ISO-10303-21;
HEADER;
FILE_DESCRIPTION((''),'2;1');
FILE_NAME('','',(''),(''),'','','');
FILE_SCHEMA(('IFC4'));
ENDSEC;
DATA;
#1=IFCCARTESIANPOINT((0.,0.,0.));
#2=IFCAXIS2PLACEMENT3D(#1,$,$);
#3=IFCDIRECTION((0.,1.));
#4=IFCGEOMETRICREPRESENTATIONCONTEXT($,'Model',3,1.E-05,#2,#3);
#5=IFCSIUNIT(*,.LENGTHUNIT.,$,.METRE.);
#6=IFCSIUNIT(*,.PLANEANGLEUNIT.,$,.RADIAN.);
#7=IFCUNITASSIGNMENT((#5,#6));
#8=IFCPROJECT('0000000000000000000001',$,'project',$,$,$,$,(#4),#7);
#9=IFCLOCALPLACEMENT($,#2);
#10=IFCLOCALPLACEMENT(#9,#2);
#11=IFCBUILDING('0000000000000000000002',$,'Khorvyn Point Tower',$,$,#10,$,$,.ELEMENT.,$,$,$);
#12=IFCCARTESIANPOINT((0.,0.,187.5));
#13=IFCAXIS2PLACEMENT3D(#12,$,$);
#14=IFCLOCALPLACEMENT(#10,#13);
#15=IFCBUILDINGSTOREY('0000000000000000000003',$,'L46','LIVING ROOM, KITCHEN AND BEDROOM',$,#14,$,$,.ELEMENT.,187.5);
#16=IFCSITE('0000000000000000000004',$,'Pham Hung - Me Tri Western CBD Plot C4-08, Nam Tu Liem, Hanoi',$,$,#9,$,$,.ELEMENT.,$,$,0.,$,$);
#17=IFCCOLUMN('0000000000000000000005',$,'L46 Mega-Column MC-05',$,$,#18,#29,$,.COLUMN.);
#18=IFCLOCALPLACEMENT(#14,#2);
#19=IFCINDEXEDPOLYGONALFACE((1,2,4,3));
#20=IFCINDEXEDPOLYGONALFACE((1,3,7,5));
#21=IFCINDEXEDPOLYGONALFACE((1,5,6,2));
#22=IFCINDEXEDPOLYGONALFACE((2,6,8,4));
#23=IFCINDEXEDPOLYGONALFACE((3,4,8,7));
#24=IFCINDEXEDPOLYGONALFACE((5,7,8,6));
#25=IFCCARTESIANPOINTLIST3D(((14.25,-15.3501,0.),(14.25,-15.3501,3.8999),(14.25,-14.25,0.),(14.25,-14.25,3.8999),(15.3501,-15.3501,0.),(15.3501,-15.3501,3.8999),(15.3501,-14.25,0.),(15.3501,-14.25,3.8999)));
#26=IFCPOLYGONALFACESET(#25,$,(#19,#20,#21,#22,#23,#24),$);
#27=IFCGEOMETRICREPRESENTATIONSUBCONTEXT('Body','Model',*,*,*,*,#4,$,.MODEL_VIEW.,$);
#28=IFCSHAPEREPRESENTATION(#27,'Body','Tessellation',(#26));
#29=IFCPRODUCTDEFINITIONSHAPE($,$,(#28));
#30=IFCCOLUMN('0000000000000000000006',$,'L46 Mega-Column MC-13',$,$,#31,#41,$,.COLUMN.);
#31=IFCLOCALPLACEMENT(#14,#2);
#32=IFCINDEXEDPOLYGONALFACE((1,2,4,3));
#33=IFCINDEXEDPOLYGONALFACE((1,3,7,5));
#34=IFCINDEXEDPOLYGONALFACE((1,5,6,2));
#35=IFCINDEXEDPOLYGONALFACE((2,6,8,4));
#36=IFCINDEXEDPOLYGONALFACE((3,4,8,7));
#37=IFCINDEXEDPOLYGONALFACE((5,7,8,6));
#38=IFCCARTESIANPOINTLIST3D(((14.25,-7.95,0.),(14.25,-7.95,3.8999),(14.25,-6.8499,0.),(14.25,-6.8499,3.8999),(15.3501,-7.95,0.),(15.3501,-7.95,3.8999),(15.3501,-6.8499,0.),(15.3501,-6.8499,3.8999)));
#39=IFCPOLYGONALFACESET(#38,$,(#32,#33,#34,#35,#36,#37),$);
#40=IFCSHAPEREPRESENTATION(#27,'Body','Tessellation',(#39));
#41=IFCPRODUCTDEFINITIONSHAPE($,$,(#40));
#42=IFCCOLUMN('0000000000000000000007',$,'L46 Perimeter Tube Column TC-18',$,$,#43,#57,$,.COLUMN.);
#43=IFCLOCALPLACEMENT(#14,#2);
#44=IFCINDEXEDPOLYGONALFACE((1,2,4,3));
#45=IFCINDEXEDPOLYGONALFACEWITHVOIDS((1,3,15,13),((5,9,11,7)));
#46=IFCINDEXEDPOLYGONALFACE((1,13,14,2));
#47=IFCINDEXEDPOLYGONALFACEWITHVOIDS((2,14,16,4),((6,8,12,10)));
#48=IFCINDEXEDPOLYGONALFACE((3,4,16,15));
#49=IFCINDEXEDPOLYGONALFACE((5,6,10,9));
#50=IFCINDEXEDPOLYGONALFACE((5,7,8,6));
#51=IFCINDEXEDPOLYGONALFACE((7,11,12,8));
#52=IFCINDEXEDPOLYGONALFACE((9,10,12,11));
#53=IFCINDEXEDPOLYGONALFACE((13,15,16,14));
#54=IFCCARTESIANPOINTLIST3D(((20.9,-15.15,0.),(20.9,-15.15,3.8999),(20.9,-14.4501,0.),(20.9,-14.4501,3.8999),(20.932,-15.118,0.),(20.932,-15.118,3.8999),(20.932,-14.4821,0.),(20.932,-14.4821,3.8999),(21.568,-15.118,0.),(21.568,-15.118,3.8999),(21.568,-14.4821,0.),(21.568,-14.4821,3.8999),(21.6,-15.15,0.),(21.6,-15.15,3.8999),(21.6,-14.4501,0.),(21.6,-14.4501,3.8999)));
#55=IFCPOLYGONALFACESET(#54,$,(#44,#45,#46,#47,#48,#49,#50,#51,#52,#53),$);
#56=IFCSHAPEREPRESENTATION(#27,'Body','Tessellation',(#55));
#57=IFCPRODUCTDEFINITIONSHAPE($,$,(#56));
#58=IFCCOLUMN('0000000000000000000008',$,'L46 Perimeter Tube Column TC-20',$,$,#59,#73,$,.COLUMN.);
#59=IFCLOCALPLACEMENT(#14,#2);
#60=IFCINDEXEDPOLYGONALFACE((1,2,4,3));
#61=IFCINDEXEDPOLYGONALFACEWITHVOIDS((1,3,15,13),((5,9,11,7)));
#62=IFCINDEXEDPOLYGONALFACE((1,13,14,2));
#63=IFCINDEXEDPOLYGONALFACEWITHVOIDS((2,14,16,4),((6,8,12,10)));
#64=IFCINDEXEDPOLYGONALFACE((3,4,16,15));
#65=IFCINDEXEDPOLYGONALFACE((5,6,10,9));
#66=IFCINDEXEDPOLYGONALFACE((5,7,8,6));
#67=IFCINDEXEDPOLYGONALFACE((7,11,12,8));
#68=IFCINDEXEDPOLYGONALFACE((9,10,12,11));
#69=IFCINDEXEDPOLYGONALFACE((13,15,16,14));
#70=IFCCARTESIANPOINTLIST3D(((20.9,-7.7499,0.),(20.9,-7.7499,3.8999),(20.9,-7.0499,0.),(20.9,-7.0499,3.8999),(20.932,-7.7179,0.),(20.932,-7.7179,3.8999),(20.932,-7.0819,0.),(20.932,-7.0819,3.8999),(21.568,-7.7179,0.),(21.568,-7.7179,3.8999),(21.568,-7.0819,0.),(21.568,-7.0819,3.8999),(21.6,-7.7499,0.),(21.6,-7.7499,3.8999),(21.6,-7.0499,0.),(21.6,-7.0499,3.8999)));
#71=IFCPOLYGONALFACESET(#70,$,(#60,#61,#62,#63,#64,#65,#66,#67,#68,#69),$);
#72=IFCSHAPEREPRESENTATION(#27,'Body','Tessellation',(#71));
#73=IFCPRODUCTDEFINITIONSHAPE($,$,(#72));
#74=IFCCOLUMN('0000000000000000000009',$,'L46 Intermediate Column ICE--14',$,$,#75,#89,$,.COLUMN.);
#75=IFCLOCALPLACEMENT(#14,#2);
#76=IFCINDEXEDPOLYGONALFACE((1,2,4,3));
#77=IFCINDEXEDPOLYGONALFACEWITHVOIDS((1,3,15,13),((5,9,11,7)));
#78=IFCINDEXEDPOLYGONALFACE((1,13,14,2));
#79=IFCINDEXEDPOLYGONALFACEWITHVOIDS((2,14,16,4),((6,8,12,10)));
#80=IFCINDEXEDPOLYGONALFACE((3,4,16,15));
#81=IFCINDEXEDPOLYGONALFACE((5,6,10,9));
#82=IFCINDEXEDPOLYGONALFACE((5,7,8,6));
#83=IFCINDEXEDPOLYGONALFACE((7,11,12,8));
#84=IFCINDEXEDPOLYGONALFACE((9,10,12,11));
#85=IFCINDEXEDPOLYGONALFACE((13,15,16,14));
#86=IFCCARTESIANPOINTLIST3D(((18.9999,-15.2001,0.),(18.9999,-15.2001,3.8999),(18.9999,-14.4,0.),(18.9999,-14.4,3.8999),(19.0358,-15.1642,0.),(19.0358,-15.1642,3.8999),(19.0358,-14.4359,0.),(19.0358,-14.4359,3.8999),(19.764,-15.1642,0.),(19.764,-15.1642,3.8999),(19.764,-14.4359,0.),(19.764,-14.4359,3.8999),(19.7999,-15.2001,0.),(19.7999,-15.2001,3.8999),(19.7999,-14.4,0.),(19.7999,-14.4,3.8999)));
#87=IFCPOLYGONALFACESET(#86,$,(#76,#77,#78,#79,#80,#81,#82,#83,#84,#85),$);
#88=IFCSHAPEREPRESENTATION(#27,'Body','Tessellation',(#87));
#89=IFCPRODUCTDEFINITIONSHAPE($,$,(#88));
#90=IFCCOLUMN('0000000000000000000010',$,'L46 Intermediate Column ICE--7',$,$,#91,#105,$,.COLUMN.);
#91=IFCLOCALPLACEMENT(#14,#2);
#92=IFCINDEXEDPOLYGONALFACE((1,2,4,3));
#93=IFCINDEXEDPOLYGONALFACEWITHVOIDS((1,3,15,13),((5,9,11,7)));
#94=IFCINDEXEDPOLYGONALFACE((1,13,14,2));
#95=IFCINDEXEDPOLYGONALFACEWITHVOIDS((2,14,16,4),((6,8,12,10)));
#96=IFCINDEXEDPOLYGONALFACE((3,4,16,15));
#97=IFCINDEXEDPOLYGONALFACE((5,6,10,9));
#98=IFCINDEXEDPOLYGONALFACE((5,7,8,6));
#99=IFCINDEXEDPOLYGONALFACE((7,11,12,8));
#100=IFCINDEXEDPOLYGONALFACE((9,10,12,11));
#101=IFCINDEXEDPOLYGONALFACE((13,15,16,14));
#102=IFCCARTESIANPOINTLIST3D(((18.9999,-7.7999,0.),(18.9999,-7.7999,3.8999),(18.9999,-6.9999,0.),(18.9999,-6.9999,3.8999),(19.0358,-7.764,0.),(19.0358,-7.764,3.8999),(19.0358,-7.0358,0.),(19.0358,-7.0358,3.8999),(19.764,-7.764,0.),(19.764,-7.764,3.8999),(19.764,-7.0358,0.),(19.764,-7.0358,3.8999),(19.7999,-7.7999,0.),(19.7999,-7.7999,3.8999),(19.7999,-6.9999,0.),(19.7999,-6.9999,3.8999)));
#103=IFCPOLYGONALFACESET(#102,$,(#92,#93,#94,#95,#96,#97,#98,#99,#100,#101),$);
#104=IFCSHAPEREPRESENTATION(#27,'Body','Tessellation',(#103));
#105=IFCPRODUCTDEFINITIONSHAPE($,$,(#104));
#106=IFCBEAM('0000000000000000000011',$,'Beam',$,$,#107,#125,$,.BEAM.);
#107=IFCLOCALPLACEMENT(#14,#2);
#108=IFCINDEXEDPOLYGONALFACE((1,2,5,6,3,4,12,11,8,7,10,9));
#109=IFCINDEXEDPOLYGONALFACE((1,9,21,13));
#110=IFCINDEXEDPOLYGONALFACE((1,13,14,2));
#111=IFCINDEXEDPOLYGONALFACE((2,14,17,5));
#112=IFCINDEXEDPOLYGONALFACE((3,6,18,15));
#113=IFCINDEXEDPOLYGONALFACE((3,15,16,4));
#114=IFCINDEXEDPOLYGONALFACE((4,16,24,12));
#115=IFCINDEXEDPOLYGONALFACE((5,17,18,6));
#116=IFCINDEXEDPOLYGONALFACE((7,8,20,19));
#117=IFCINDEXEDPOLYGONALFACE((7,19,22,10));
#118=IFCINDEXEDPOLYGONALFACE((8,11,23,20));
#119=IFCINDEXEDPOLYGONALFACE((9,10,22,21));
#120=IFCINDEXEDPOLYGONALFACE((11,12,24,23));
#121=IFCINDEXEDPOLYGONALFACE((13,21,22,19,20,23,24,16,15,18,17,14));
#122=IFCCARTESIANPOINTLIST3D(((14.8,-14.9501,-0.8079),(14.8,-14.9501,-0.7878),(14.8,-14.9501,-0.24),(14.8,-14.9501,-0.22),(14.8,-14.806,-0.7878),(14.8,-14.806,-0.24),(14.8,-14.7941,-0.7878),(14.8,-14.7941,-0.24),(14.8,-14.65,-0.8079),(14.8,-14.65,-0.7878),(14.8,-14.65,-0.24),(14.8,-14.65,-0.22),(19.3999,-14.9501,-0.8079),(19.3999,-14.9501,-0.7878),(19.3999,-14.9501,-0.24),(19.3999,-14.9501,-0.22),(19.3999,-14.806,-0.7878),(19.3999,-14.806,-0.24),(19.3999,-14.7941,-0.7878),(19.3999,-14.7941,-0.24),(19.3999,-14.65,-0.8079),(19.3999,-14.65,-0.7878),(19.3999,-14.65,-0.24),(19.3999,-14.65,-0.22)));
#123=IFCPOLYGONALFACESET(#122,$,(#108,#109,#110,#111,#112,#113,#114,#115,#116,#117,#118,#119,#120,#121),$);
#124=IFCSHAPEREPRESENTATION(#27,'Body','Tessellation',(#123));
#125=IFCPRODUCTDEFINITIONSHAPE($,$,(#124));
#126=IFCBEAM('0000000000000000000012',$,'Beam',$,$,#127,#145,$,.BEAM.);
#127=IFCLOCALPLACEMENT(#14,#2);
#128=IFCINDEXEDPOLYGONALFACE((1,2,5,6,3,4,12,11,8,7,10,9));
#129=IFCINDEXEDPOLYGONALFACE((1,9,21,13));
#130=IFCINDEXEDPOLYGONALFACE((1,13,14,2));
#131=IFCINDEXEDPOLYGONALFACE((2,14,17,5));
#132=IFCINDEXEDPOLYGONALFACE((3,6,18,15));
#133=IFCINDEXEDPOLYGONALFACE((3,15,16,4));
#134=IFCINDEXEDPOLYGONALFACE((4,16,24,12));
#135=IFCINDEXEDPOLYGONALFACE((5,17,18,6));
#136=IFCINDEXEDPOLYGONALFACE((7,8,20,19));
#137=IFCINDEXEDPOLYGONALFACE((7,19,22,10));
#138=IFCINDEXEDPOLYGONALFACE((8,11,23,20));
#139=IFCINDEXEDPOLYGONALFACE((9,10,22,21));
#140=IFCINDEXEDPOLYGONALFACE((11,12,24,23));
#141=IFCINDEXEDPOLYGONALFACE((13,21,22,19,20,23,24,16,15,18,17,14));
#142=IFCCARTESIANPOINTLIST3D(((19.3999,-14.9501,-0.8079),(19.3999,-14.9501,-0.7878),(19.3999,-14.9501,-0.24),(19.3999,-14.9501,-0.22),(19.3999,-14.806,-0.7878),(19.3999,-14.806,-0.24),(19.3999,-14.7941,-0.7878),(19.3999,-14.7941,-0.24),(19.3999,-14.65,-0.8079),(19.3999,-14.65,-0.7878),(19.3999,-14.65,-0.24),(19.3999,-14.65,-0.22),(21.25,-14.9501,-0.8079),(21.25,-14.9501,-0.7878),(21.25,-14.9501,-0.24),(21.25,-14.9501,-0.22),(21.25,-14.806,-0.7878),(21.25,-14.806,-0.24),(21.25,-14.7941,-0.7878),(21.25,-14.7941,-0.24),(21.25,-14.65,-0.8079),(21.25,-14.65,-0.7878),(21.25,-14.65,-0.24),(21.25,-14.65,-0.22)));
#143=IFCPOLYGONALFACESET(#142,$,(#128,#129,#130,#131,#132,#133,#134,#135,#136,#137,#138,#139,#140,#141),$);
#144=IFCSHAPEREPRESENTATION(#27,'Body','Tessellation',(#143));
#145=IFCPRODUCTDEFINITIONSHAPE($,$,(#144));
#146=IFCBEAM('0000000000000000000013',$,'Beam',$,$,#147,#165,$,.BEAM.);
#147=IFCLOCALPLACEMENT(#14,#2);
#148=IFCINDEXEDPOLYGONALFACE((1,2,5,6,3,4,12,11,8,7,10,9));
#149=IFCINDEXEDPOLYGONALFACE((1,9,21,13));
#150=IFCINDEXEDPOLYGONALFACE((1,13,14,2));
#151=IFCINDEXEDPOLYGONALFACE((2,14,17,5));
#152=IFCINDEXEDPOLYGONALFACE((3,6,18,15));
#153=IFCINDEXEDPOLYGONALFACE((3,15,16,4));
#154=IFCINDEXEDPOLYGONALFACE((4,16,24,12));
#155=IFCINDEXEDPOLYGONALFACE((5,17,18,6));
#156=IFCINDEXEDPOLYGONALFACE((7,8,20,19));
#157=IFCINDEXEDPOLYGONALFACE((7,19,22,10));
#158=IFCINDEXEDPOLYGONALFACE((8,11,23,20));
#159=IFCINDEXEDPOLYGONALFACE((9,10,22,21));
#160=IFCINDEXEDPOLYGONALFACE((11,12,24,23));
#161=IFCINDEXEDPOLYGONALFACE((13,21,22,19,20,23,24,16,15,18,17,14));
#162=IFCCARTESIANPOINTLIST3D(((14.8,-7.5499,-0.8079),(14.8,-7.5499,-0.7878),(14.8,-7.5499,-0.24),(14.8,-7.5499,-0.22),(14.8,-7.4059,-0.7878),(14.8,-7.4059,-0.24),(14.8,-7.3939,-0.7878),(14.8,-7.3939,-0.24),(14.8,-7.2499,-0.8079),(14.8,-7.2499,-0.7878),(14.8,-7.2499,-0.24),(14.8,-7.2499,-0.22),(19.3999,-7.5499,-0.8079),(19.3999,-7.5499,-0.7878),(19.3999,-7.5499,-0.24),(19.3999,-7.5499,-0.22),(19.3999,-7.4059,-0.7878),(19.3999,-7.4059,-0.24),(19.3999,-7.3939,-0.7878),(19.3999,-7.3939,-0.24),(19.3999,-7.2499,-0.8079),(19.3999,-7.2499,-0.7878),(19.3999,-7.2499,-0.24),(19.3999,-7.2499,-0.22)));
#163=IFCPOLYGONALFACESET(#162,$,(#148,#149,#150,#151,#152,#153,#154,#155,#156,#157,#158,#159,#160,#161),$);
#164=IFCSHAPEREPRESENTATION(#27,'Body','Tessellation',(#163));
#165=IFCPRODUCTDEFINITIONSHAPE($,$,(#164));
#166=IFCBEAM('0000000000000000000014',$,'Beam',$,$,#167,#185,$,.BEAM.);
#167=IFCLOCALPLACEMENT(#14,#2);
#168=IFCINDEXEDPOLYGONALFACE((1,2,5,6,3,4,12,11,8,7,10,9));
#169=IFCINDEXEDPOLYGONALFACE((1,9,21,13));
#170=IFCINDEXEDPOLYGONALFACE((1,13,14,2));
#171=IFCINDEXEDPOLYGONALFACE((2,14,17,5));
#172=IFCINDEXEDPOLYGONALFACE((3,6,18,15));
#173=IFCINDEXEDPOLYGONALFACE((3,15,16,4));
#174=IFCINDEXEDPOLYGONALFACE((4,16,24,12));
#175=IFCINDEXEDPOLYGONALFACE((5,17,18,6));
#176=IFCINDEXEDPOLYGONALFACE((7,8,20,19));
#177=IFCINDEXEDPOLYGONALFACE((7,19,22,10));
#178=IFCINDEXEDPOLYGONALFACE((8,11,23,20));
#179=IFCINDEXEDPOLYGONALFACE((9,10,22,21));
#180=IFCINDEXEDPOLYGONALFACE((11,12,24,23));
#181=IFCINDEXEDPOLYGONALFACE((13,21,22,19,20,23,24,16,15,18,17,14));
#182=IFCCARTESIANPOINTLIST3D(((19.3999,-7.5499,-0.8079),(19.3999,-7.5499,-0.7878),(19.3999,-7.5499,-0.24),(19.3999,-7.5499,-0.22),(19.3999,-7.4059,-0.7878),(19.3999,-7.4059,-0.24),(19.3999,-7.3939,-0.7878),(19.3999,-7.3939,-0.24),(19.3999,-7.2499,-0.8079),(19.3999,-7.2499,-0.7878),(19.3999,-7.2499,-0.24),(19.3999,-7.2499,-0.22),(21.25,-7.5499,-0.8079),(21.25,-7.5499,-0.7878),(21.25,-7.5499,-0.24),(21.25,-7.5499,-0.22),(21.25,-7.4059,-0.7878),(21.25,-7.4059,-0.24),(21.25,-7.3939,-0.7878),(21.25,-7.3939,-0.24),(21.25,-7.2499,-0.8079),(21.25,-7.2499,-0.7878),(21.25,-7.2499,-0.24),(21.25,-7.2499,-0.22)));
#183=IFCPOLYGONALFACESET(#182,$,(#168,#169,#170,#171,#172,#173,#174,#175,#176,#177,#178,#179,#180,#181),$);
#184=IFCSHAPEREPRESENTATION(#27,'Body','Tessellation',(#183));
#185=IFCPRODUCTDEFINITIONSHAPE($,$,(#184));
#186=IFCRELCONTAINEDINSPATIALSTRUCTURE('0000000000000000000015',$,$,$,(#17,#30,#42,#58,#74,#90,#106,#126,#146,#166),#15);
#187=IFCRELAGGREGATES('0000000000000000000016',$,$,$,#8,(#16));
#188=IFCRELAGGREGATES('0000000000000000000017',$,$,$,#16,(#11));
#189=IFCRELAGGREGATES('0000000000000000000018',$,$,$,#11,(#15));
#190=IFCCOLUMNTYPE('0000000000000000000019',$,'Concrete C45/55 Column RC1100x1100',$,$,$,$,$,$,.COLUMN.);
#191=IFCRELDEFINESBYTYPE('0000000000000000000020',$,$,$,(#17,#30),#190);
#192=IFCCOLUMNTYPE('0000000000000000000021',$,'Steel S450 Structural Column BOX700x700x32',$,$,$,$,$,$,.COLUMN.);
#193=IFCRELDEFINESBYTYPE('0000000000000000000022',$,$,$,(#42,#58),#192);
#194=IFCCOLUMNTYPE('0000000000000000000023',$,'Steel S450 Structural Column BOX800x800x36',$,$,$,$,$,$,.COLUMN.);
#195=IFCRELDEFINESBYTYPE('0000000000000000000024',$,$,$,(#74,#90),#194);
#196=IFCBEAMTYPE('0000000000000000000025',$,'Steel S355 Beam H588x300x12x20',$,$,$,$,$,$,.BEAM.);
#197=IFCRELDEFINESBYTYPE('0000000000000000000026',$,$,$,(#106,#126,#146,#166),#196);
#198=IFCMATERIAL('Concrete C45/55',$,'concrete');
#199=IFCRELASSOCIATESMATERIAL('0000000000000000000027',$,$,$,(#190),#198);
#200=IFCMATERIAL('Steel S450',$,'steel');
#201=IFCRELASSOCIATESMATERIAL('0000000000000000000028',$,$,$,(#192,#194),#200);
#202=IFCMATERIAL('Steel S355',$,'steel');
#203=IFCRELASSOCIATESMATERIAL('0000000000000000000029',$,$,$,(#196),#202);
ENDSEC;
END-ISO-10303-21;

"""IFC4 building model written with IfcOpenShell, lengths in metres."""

from ifc_helpers import new_model, si_unit, direction, frame, origin, origin_2d, place, context, subcontext, project, spatial, rectangle, hollow_rectangle, i_section, extrude, material, material_profile, profile_set, type_object, element, save


model = new_model("IFC4")

# Units and contexts
model_context = context("Model", 3, precision=1e-05, world=origin(), true_north=direction((0.0, 1.0)))
body_context = subcontext(model_context, "Body", "Model", "MODEL_VIEW")
ifc_project = project(units=[si_unit("LENGTHUNIT", "METRE"), si_unit("PLANEANGLEUNIT", "RADIAN")], contexts=[model_context])

# Site, building, storey
site_placement = place(None, origin())
site = spatial("IfcSite", under=ifc_project, at=site_placement, Name="Pham Hung - Me Tri Western CBD Plot C4-08, Nam Tu Liem, Hanoi", CompositionType="ELEMENT", RefElevation=0.0)
building_placement = place(site_placement, origin())
building = spatial("IfcBuilding", under=site, at=building_placement, Name="Khorvyn Point Tower", CompositionType="ELEMENT")
storey_placement = place(building_placement, frame((0.0, 0.0, 187.5)))
storey = spatial("IfcBuildingStorey", under=building, at=storey_placement, Name="L46", Description="LIVING ROOM, KITCHEN AND BEDROOM", CompositionType="ELEMENT", Elevation=187.5)

# Columns
ifc_material_1 = material(Name="Concrete C45/55", Category="concrete")
ifc_material_profile_1 = material_profile(ifc_material_1, rectangle(XDim=1.1001, YDim=1.1001, at=origin_2d()))
ifc_profile_set_1 = profile_set([ifc_material_profile_1], Name="Concrete C45/55 RC1100x1100")
column_type_1 = type_object("IfcColumnType", Name="Concrete C45/55 Column RC1100x1100", PredefinedType="COLUMN", material=ifc_profile_set_1)
for number, where, z_axis, x_axis, name in (
    (1, (14.8, -14.8, 0.0), (0.0, 0.0, 1.0), (1.0, 0.0, 0.0), "L46 Mega-Column MC-05"),
    (2, (14.8, -7.3999, 0.0), (0.0, 0.0, 1.0), (1.0, 0.0, 0.0), "L46 Mega-Column MC-13"),
):
    element("IfcColumn", number, at=place(storey_placement, frame(where, z_axis=z_axis, x_axis=x_axis)), inside=storey, type_object=column_type_1, Name=name, PredefinedType="COLUMN", context=body_context, shape_type="SweptSolid", body=[
        extrude(rectangle(XDim=1.1001, YDim=1.1001, at=origin_2d()), origin(), (0.0, 0.0, 1.0), 3.8999),
    ])
ifc_material_2 = material(Name="Steel S450", Category="steel")
ifc_material_profile_2 = material_profile(ifc_material_2, hollow_rectangle(XDim=0.7, YDim=0.7, WallThickness=0.032, at=origin_2d()))
ifc_profile_set_2 = profile_set([ifc_material_profile_2], Name="Steel S450 BOX700x700x32")
column_type_2 = type_object("IfcColumnType", Name="Steel S450 Structural Column BOX700x700x32", PredefinedType="COLUMN", material=ifc_profile_set_2)
for number, where, z_axis, x_axis, name in (
    (3, (21.25, -14.8, 0.0), (0.0, 0.0, 1.0), (1.0, 0.0, 0.0), "L46 Perimeter Tube Column TC-18"),
    (4, (21.25, -7.3999, 0.0), (0.0, 0.0, 1.0), (1.0, 0.0, 0.0), "L46 Perimeter Tube Column TC-20"),
):
    element("IfcColumn", number, at=place(storey_placement, frame(where, z_axis=z_axis, x_axis=x_axis)), inside=storey, type_object=column_type_2, Name=name, PredefinedType="COLUMN", context=body_context, shape_type="SweptSolid", body=[
        extrude(hollow_rectangle(XDim=0.7, YDim=0.7, WallThickness=0.032, at=origin_2d()), origin(), (0.0, 0.0, 1.0), 3.8999),
    ])
ifc_material_profile_3 = material_profile(ifc_material_2, hollow_rectangle(XDim=0.8, YDim=0.8, WallThickness=0.0359, at=origin_2d()))
ifc_profile_set_3 = profile_set([ifc_material_profile_3], Name="Steel S450 BOX800x800x36")
column_type_3 = type_object("IfcColumnType", Name="Steel S450 Structural Column BOX800x800x36", PredefinedType="COLUMN", material=ifc_profile_set_3)
for number, where, z_axis, x_axis, name in (
    (5, (19.3999, -14.8, 0.0), (0.0, 0.0, 1.0), (1.0, 0.0, 0.0), "L46 Intermediate Column ICE--14"),
    (6, (19.3999, -7.3999, 0.0), (0.0, 0.0, 1.0), (1.0, 0.0, 0.0), "L46 Intermediate Column ICE--7"),
):
    element("IfcColumn", number, at=place(storey_placement, frame(where, z_axis=z_axis, x_axis=x_axis)), inside=storey, type_object=column_type_3, Name=name, PredefinedType="COLUMN", context=body_context, shape_type="SweptSolid", body=[
        extrude(hollow_rectangle(XDim=0.8, YDim=0.8, WallThickness=0.0359, at=origin_2d()), origin(), (0.0, 0.0, 1.0), 3.8999),
    ])

# Beams
ifc_material_3 = material(Name="Steel S355", Category="steel")
ifc_material_profile_4 = material_profile(ifc_material_3, i_section(OverallWidth=0.3, OverallDepth=0.5879, WebThickness=0.012, FlangeThickness=0.02, at=origin_2d()))
ifc_profile_set_4 = profile_set([ifc_material_profile_4], Name="Steel S355 H588x300x12x20")
beam_type_1 = type_object("IfcBeamType", Name="Steel S355 Beam H588x300x12x20", PredefinedType="BEAM", material=ifc_profile_set_4)
beam_1_placement = place(storey_placement, frame((14.8, -14.8, -0.5139), z_axis=(1.0, 0.0, 0.0), x_axis=(0.0, 1.0, 0.0)))
element("IfcBeam", 7, at=beam_1_placement, inside=storey, type_object=beam_type_1, Name="Beam", PredefinedType="BEAM", context=body_context, shape_type="SweptSolid", body=[
    extrude(i_section(OverallWidth=0.3, OverallDepth=0.5879, WebThickness=0.012, FlangeThickness=0.02, at=origin_2d()), origin(), (0.0, 0.0, 1.0), 4.5999),
])
beam_2_placement = place(storey_placement, frame((19.3999, -14.8, -0.5139), z_axis=(1.0, 0.0, 0.0), x_axis=(0.0, 1.0, 0.0)))
element("IfcBeam", 8, at=beam_2_placement, inside=storey, type_object=beam_type_1, Name="Beam", PredefinedType="BEAM", context=body_context, shape_type="SweptSolid", body=[
    extrude(i_section(OverallWidth=0.3, OverallDepth=0.5879, WebThickness=0.012, FlangeThickness=0.02, at=origin_2d()), origin(), (0.0, 0.0, 1.0), 1.8501),
])
beam_3_placement = place(storey_placement, frame((14.8, -7.3999, -0.5139), z_axis=(1.0, 0.0, 0.0), x_axis=(0.0, 1.0, 0.0)))
element("IfcBeam", 9, at=beam_3_placement, inside=storey, type_object=beam_type_1, Name="Beam", PredefinedType="BEAM", context=body_context, shape_type="SweptSolid", body=[
    extrude(i_section(OverallWidth=0.3, OverallDepth=0.5879, WebThickness=0.012, FlangeThickness=0.02, at=origin_2d()), origin(), (0.0, 0.0, 1.0), 4.5999),
])
beam_4_placement = place(storey_placement, frame((19.3999, -7.3999, -0.5139), z_axis=(1.0, 0.0, 0.0), x_axis=(0.0, 1.0, 0.0)))
element("IfcBeam", 10, at=beam_4_placement, inside=storey, type_object=beam_type_1, Name="Beam", PredefinedType="BEAM", context=body_context, shape_type="SweptSolid", body=[
    extrude(i_section(OverallWidth=0.3, OverallDepth=0.5879, WebThickness=0.012, FlangeThickness=0.02, at=origin_2d()), origin(), (0.0, 0.0, 1.0), 1.8501),
])

save(model, "model.ifc")
